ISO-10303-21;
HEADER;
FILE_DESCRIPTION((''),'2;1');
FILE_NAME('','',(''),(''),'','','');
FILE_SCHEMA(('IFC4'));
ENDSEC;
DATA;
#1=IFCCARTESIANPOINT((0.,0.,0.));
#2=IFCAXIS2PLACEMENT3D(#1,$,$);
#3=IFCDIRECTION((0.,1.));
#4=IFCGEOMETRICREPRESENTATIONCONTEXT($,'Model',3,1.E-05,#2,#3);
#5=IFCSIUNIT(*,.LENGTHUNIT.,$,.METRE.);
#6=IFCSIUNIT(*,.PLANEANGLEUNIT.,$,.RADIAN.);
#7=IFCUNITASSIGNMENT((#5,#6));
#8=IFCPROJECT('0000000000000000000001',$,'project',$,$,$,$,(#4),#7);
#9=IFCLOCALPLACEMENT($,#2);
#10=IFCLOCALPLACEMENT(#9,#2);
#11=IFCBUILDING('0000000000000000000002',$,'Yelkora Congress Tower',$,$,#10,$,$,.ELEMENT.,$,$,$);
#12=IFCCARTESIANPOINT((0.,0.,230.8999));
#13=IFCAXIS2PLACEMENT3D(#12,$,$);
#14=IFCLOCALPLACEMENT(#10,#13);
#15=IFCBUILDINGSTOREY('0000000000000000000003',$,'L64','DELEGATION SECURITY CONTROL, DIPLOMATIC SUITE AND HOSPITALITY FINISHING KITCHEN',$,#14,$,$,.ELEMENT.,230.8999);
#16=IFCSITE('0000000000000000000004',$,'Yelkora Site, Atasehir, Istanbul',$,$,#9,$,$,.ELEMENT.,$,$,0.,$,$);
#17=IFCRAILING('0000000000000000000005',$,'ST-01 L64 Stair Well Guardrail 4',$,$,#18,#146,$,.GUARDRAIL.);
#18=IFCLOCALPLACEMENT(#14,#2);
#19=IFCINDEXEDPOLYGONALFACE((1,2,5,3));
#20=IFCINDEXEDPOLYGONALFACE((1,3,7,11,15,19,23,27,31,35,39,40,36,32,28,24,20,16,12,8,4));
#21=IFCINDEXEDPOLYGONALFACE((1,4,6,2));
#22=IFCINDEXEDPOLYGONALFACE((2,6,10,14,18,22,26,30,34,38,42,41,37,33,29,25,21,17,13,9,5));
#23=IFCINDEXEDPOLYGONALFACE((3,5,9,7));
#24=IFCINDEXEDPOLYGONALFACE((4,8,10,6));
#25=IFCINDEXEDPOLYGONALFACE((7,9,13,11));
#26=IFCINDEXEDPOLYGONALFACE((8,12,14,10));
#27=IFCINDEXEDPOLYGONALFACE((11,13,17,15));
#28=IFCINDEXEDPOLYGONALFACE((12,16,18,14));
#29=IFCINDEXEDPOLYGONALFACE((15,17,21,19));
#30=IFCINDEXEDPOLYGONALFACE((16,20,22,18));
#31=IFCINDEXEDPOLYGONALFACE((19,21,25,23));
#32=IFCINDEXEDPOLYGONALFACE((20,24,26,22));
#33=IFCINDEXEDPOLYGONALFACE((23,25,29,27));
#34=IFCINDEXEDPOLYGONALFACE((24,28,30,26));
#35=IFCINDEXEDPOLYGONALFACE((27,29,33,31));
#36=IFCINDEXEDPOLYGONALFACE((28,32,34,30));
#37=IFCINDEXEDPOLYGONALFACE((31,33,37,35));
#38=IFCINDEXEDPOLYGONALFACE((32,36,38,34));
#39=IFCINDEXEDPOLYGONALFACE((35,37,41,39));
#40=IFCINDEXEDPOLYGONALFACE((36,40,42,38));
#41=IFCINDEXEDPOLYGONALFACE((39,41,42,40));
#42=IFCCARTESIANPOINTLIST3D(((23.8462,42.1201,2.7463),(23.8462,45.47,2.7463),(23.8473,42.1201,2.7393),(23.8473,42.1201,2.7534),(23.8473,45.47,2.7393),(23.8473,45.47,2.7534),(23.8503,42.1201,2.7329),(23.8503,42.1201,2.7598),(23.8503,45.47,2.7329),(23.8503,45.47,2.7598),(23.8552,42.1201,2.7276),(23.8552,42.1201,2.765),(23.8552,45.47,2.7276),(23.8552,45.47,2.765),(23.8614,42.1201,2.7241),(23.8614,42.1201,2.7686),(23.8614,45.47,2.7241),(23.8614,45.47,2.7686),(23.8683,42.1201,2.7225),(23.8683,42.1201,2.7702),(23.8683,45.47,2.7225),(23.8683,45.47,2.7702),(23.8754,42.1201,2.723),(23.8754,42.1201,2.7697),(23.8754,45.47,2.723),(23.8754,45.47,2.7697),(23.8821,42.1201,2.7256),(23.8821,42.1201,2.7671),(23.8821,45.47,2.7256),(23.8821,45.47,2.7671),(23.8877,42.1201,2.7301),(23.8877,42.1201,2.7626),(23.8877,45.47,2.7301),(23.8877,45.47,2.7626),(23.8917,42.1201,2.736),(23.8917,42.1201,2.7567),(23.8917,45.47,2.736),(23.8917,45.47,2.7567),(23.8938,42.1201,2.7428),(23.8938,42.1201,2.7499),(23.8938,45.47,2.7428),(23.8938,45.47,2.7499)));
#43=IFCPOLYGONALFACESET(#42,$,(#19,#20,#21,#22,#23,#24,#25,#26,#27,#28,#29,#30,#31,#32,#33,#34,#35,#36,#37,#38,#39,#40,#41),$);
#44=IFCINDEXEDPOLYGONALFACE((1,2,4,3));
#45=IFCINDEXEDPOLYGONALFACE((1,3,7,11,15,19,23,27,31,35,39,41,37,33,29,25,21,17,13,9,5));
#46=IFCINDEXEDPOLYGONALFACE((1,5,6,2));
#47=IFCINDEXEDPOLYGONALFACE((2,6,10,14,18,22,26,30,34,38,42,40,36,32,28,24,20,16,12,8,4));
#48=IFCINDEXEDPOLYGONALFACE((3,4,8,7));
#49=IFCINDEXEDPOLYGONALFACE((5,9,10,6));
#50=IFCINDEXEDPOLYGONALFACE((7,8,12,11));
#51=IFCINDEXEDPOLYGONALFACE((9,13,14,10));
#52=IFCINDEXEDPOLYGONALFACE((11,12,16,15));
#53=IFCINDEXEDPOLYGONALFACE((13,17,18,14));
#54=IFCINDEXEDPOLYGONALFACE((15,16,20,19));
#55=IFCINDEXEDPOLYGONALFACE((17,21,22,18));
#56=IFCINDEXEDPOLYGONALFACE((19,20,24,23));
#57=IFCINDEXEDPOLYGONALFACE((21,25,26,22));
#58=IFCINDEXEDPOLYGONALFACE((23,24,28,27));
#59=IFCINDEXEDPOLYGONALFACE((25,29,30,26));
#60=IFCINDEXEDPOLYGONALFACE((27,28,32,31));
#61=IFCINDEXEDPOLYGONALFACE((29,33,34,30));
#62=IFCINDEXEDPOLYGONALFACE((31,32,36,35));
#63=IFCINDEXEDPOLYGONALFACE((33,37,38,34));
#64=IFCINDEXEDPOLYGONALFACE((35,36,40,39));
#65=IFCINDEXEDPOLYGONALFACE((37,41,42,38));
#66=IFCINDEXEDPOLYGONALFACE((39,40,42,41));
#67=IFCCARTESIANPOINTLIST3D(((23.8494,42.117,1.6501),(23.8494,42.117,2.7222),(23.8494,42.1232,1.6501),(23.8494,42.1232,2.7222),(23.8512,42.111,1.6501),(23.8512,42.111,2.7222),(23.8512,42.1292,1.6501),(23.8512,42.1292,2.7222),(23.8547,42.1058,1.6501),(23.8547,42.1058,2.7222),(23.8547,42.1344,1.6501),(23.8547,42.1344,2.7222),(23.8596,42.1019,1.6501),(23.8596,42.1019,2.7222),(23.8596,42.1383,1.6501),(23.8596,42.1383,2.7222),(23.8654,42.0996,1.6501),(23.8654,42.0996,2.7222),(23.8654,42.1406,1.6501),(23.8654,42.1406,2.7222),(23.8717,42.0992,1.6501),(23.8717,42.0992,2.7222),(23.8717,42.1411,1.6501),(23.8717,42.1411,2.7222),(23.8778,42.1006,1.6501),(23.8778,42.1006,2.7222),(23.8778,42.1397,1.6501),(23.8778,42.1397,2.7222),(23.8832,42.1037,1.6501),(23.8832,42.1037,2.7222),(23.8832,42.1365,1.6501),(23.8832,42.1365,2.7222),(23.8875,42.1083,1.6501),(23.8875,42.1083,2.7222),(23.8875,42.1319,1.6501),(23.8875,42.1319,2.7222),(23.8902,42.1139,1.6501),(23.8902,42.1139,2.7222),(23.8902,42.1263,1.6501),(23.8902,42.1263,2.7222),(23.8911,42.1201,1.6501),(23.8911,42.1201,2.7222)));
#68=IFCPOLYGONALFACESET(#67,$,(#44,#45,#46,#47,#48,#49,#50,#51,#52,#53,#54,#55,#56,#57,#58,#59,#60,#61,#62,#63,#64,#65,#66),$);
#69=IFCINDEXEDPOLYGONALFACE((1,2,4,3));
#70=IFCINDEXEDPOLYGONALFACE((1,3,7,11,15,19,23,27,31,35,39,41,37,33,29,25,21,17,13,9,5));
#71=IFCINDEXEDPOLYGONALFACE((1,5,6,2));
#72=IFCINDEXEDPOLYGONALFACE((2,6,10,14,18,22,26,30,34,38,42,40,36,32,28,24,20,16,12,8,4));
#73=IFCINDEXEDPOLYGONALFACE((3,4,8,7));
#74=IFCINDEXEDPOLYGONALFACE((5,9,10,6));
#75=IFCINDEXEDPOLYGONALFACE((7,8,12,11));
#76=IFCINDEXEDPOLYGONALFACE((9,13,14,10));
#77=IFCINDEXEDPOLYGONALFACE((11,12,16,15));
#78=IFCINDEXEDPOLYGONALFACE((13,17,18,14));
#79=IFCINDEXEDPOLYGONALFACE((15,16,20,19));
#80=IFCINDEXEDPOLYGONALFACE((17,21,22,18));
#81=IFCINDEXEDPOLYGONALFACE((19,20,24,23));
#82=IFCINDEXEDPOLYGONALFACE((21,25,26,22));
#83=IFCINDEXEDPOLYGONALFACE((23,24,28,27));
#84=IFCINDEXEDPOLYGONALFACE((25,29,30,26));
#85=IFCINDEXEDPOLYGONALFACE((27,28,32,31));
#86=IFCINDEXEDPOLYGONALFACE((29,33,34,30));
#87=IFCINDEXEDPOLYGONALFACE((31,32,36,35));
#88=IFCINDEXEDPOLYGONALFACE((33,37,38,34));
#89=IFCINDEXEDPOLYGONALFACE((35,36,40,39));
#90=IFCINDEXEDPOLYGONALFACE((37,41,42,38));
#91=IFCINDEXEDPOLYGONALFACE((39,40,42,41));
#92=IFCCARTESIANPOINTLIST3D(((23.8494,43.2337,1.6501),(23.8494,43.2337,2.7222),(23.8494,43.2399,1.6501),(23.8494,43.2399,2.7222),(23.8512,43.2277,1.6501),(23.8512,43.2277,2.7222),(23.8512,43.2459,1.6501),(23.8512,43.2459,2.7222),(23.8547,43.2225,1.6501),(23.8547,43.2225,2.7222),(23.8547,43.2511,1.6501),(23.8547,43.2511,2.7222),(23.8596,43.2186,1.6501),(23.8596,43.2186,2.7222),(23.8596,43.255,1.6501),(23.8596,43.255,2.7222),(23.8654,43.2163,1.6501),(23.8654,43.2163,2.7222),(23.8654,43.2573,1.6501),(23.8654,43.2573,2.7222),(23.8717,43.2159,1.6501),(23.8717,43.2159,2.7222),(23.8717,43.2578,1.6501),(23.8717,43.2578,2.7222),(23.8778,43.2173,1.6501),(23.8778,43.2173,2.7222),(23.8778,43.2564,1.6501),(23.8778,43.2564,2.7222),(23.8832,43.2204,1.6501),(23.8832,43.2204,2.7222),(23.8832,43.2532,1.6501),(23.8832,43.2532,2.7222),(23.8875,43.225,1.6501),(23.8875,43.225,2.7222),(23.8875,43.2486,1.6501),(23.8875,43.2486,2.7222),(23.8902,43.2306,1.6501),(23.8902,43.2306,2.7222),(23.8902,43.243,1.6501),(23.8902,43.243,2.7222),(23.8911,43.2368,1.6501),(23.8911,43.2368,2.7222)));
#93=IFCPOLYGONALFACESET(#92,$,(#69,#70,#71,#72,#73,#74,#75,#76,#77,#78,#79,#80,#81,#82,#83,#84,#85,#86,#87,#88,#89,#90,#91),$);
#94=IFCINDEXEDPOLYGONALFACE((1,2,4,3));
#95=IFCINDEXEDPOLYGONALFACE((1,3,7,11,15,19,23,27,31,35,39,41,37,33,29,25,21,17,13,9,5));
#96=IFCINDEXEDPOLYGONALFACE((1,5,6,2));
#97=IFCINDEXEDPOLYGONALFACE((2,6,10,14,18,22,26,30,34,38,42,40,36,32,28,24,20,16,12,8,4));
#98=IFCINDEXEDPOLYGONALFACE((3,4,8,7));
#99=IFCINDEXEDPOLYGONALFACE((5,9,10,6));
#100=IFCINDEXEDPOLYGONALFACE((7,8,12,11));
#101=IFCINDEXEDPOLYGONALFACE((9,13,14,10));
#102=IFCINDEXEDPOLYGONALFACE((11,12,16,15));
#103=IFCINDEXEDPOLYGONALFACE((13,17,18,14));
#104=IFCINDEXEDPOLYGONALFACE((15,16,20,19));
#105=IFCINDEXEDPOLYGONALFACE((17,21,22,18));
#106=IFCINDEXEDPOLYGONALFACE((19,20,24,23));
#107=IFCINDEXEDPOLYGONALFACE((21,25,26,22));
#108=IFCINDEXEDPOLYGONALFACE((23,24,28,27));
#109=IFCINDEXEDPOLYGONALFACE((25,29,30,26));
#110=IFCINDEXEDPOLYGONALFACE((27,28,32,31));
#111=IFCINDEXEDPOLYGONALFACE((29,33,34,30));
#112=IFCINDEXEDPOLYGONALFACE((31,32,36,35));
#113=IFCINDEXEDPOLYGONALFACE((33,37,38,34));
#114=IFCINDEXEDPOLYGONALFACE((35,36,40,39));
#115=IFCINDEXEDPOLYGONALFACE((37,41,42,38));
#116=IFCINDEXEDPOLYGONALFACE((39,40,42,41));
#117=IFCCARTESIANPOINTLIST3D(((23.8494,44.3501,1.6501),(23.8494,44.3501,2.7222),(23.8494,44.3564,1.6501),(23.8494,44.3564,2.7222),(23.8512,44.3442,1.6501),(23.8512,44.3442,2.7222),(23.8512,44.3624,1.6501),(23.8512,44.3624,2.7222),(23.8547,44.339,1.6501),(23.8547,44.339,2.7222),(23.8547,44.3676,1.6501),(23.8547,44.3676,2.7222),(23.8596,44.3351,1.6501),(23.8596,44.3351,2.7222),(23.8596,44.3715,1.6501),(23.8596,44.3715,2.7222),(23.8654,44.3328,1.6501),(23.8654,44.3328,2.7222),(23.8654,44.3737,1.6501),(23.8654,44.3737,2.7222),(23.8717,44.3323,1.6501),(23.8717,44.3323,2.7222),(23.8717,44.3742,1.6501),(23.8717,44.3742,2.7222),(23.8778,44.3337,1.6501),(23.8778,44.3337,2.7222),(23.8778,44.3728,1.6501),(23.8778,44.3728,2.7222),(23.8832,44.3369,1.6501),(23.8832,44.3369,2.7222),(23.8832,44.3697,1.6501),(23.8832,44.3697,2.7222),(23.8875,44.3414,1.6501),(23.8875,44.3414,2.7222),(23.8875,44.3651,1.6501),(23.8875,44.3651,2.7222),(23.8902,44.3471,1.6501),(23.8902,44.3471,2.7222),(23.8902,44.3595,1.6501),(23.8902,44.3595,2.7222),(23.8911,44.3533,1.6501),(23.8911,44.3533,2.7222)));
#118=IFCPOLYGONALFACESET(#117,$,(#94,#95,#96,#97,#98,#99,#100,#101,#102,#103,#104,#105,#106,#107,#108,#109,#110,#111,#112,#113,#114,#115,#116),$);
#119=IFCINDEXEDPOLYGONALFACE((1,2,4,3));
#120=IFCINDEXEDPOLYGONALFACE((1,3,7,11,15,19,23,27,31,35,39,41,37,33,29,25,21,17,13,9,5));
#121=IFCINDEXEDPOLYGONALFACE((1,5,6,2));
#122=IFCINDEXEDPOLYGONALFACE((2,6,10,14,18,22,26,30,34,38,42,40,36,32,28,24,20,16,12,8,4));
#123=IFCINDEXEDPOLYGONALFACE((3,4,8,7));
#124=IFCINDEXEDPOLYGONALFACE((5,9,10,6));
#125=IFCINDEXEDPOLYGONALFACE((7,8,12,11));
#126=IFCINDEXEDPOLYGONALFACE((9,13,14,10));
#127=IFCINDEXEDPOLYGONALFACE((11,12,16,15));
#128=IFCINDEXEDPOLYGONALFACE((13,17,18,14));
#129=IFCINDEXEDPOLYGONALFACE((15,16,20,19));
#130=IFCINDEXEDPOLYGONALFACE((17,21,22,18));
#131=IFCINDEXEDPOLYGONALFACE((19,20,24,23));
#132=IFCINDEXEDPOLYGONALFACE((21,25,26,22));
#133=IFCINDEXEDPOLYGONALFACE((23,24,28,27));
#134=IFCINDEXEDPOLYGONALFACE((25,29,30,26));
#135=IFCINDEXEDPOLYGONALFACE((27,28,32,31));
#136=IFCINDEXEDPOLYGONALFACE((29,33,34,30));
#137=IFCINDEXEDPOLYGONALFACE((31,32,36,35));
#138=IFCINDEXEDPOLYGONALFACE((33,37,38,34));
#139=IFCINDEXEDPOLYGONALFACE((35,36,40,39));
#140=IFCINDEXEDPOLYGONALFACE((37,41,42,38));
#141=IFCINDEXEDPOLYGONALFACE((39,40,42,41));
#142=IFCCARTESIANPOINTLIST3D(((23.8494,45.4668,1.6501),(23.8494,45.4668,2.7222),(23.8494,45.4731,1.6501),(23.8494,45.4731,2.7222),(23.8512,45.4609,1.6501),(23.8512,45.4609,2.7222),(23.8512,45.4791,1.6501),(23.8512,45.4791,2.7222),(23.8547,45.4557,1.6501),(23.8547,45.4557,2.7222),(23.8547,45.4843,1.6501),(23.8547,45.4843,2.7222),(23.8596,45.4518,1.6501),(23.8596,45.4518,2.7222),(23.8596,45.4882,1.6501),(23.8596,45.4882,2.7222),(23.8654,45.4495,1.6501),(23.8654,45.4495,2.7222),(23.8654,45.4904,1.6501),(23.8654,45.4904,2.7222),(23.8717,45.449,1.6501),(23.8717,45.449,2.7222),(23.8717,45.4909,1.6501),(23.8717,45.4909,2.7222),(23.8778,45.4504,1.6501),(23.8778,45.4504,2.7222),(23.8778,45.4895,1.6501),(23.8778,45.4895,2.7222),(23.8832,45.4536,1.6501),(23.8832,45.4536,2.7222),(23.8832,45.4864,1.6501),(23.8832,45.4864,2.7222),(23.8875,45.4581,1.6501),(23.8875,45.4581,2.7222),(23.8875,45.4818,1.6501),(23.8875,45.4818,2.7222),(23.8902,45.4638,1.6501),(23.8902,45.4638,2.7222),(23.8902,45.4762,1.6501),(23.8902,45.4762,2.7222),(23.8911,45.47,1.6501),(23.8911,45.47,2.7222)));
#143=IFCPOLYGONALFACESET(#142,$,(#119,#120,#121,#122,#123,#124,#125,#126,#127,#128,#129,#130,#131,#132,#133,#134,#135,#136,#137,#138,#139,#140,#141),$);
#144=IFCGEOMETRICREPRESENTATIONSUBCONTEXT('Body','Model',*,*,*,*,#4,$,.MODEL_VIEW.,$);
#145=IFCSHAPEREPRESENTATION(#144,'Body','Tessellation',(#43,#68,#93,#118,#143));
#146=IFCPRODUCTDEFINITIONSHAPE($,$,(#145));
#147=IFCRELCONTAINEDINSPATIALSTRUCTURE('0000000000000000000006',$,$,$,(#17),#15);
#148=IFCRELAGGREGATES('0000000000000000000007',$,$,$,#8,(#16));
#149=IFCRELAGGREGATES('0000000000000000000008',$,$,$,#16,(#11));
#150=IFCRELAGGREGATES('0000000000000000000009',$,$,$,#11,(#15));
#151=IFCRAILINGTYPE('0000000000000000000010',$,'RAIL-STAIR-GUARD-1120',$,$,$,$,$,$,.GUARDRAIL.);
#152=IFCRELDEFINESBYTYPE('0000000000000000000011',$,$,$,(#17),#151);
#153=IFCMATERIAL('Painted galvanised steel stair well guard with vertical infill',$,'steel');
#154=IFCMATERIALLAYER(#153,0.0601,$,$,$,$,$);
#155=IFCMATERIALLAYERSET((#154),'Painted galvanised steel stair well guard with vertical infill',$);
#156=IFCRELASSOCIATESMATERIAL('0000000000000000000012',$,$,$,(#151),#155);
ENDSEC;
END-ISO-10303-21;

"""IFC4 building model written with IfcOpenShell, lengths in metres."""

from ifc_helpers import new_model, si_unit, direction, frame, origin, origin_2d, place, context, subcontext, project, spatial, circle, extrude, material, layer, layer_set, type_object, element, save


model = new_model("IFC4")

# Units and contexts
model_context = context("Model", 3, precision=1e-05, world=origin(), true_north=direction((0.0, 1.0)))
body_context = subcontext(model_context, "Body", "Model", "MODEL_VIEW")
ifc_project = project(units=[si_unit("LENGTHUNIT", "METRE"), si_unit("PLANEANGLEUNIT", "RADIAN")], contexts=[model_context])

# Site, building, storey
site_placement = place(None, origin())
site = spatial("IfcSite", under=ifc_project, at=site_placement, Name="Yelkora Site, Atasehir, Istanbul", CompositionType="ELEMENT", RefElevation=0.0)
building_placement = place(site_placement, origin())
building = spatial("IfcBuilding", under=site, at=building_placement, Name="Yelkora Congress Tower", CompositionType="ELEMENT")
storey_placement = place(building_placement, frame((0.0, 0.0, 230.8999)))
storey = spatial("IfcBuildingStorey", under=building, at=storey_placement, Name="L64", Description="DELEGATION SECURITY CONTROL, DIPLOMATIC SUITE AND HOSPITALITY FINISHING KITCHEN", CompositionType="ELEMENT", Elevation=230.8999)

# Railing
ifc_material_1 = material(Name="Painted galvanised steel stair well guard with vertical infill", Category="steel")
ifc_layer_1 = layer(ifc_material_1, 0.0601)
ifc_layer_set_1 = layer_set([ifc_layer_1], Name="Painted galvanised steel stair well guard with vertical infill")
railing_type_1 = type_object("IfcRailingType", Name="RAIL-STAIR-GUARD-1120", PredefinedType="GUARDRAIL", material=ifc_layer_set_1)
railing_1_placement = place(storey_placement, frame((23.8701, 42.1201, 1.6501)))
element("IfcRailing", 1, at=railing_1_placement, inside=storey, type_object=railing_type_1, Name="ST-01 L64 Stair Well Guardrail 4", PredefinedType="GUARDRAIL", context=body_context, shape_type="SweptSolid", body=[
    extrude(circle(Radius=0.0239, at=origin_2d()), frame((0.0, 0.0, 1.0962), z_axis=(0.0, 1.0, 0.0), x_axis=(-1.0, 0.0, 0.0)), (0.0, 0.0, 1.0), 3.3499),
    extrude(circle(Radius=0.021, at=origin_2d()), origin(), (0.0, 0.0, 1.0), 1.072),
    extrude(circle(Radius=0.021, at=origin_2d()), frame((0.0, 1.1167, 0.0)), (0.0, 0.0, 1.0), 1.072),
    extrude(circle(Radius=0.021, at=origin_2d()), frame((0.0, 2.2332, 0.0)), (0.0, 0.0, 1.0), 1.072),
    extrude(circle(Radius=0.021, at=origin_2d()), frame((0.0, 3.3499, 0.0)), (0.0, 0.0, 1.0), 1.072),
])

save(model, "model.ifc")
